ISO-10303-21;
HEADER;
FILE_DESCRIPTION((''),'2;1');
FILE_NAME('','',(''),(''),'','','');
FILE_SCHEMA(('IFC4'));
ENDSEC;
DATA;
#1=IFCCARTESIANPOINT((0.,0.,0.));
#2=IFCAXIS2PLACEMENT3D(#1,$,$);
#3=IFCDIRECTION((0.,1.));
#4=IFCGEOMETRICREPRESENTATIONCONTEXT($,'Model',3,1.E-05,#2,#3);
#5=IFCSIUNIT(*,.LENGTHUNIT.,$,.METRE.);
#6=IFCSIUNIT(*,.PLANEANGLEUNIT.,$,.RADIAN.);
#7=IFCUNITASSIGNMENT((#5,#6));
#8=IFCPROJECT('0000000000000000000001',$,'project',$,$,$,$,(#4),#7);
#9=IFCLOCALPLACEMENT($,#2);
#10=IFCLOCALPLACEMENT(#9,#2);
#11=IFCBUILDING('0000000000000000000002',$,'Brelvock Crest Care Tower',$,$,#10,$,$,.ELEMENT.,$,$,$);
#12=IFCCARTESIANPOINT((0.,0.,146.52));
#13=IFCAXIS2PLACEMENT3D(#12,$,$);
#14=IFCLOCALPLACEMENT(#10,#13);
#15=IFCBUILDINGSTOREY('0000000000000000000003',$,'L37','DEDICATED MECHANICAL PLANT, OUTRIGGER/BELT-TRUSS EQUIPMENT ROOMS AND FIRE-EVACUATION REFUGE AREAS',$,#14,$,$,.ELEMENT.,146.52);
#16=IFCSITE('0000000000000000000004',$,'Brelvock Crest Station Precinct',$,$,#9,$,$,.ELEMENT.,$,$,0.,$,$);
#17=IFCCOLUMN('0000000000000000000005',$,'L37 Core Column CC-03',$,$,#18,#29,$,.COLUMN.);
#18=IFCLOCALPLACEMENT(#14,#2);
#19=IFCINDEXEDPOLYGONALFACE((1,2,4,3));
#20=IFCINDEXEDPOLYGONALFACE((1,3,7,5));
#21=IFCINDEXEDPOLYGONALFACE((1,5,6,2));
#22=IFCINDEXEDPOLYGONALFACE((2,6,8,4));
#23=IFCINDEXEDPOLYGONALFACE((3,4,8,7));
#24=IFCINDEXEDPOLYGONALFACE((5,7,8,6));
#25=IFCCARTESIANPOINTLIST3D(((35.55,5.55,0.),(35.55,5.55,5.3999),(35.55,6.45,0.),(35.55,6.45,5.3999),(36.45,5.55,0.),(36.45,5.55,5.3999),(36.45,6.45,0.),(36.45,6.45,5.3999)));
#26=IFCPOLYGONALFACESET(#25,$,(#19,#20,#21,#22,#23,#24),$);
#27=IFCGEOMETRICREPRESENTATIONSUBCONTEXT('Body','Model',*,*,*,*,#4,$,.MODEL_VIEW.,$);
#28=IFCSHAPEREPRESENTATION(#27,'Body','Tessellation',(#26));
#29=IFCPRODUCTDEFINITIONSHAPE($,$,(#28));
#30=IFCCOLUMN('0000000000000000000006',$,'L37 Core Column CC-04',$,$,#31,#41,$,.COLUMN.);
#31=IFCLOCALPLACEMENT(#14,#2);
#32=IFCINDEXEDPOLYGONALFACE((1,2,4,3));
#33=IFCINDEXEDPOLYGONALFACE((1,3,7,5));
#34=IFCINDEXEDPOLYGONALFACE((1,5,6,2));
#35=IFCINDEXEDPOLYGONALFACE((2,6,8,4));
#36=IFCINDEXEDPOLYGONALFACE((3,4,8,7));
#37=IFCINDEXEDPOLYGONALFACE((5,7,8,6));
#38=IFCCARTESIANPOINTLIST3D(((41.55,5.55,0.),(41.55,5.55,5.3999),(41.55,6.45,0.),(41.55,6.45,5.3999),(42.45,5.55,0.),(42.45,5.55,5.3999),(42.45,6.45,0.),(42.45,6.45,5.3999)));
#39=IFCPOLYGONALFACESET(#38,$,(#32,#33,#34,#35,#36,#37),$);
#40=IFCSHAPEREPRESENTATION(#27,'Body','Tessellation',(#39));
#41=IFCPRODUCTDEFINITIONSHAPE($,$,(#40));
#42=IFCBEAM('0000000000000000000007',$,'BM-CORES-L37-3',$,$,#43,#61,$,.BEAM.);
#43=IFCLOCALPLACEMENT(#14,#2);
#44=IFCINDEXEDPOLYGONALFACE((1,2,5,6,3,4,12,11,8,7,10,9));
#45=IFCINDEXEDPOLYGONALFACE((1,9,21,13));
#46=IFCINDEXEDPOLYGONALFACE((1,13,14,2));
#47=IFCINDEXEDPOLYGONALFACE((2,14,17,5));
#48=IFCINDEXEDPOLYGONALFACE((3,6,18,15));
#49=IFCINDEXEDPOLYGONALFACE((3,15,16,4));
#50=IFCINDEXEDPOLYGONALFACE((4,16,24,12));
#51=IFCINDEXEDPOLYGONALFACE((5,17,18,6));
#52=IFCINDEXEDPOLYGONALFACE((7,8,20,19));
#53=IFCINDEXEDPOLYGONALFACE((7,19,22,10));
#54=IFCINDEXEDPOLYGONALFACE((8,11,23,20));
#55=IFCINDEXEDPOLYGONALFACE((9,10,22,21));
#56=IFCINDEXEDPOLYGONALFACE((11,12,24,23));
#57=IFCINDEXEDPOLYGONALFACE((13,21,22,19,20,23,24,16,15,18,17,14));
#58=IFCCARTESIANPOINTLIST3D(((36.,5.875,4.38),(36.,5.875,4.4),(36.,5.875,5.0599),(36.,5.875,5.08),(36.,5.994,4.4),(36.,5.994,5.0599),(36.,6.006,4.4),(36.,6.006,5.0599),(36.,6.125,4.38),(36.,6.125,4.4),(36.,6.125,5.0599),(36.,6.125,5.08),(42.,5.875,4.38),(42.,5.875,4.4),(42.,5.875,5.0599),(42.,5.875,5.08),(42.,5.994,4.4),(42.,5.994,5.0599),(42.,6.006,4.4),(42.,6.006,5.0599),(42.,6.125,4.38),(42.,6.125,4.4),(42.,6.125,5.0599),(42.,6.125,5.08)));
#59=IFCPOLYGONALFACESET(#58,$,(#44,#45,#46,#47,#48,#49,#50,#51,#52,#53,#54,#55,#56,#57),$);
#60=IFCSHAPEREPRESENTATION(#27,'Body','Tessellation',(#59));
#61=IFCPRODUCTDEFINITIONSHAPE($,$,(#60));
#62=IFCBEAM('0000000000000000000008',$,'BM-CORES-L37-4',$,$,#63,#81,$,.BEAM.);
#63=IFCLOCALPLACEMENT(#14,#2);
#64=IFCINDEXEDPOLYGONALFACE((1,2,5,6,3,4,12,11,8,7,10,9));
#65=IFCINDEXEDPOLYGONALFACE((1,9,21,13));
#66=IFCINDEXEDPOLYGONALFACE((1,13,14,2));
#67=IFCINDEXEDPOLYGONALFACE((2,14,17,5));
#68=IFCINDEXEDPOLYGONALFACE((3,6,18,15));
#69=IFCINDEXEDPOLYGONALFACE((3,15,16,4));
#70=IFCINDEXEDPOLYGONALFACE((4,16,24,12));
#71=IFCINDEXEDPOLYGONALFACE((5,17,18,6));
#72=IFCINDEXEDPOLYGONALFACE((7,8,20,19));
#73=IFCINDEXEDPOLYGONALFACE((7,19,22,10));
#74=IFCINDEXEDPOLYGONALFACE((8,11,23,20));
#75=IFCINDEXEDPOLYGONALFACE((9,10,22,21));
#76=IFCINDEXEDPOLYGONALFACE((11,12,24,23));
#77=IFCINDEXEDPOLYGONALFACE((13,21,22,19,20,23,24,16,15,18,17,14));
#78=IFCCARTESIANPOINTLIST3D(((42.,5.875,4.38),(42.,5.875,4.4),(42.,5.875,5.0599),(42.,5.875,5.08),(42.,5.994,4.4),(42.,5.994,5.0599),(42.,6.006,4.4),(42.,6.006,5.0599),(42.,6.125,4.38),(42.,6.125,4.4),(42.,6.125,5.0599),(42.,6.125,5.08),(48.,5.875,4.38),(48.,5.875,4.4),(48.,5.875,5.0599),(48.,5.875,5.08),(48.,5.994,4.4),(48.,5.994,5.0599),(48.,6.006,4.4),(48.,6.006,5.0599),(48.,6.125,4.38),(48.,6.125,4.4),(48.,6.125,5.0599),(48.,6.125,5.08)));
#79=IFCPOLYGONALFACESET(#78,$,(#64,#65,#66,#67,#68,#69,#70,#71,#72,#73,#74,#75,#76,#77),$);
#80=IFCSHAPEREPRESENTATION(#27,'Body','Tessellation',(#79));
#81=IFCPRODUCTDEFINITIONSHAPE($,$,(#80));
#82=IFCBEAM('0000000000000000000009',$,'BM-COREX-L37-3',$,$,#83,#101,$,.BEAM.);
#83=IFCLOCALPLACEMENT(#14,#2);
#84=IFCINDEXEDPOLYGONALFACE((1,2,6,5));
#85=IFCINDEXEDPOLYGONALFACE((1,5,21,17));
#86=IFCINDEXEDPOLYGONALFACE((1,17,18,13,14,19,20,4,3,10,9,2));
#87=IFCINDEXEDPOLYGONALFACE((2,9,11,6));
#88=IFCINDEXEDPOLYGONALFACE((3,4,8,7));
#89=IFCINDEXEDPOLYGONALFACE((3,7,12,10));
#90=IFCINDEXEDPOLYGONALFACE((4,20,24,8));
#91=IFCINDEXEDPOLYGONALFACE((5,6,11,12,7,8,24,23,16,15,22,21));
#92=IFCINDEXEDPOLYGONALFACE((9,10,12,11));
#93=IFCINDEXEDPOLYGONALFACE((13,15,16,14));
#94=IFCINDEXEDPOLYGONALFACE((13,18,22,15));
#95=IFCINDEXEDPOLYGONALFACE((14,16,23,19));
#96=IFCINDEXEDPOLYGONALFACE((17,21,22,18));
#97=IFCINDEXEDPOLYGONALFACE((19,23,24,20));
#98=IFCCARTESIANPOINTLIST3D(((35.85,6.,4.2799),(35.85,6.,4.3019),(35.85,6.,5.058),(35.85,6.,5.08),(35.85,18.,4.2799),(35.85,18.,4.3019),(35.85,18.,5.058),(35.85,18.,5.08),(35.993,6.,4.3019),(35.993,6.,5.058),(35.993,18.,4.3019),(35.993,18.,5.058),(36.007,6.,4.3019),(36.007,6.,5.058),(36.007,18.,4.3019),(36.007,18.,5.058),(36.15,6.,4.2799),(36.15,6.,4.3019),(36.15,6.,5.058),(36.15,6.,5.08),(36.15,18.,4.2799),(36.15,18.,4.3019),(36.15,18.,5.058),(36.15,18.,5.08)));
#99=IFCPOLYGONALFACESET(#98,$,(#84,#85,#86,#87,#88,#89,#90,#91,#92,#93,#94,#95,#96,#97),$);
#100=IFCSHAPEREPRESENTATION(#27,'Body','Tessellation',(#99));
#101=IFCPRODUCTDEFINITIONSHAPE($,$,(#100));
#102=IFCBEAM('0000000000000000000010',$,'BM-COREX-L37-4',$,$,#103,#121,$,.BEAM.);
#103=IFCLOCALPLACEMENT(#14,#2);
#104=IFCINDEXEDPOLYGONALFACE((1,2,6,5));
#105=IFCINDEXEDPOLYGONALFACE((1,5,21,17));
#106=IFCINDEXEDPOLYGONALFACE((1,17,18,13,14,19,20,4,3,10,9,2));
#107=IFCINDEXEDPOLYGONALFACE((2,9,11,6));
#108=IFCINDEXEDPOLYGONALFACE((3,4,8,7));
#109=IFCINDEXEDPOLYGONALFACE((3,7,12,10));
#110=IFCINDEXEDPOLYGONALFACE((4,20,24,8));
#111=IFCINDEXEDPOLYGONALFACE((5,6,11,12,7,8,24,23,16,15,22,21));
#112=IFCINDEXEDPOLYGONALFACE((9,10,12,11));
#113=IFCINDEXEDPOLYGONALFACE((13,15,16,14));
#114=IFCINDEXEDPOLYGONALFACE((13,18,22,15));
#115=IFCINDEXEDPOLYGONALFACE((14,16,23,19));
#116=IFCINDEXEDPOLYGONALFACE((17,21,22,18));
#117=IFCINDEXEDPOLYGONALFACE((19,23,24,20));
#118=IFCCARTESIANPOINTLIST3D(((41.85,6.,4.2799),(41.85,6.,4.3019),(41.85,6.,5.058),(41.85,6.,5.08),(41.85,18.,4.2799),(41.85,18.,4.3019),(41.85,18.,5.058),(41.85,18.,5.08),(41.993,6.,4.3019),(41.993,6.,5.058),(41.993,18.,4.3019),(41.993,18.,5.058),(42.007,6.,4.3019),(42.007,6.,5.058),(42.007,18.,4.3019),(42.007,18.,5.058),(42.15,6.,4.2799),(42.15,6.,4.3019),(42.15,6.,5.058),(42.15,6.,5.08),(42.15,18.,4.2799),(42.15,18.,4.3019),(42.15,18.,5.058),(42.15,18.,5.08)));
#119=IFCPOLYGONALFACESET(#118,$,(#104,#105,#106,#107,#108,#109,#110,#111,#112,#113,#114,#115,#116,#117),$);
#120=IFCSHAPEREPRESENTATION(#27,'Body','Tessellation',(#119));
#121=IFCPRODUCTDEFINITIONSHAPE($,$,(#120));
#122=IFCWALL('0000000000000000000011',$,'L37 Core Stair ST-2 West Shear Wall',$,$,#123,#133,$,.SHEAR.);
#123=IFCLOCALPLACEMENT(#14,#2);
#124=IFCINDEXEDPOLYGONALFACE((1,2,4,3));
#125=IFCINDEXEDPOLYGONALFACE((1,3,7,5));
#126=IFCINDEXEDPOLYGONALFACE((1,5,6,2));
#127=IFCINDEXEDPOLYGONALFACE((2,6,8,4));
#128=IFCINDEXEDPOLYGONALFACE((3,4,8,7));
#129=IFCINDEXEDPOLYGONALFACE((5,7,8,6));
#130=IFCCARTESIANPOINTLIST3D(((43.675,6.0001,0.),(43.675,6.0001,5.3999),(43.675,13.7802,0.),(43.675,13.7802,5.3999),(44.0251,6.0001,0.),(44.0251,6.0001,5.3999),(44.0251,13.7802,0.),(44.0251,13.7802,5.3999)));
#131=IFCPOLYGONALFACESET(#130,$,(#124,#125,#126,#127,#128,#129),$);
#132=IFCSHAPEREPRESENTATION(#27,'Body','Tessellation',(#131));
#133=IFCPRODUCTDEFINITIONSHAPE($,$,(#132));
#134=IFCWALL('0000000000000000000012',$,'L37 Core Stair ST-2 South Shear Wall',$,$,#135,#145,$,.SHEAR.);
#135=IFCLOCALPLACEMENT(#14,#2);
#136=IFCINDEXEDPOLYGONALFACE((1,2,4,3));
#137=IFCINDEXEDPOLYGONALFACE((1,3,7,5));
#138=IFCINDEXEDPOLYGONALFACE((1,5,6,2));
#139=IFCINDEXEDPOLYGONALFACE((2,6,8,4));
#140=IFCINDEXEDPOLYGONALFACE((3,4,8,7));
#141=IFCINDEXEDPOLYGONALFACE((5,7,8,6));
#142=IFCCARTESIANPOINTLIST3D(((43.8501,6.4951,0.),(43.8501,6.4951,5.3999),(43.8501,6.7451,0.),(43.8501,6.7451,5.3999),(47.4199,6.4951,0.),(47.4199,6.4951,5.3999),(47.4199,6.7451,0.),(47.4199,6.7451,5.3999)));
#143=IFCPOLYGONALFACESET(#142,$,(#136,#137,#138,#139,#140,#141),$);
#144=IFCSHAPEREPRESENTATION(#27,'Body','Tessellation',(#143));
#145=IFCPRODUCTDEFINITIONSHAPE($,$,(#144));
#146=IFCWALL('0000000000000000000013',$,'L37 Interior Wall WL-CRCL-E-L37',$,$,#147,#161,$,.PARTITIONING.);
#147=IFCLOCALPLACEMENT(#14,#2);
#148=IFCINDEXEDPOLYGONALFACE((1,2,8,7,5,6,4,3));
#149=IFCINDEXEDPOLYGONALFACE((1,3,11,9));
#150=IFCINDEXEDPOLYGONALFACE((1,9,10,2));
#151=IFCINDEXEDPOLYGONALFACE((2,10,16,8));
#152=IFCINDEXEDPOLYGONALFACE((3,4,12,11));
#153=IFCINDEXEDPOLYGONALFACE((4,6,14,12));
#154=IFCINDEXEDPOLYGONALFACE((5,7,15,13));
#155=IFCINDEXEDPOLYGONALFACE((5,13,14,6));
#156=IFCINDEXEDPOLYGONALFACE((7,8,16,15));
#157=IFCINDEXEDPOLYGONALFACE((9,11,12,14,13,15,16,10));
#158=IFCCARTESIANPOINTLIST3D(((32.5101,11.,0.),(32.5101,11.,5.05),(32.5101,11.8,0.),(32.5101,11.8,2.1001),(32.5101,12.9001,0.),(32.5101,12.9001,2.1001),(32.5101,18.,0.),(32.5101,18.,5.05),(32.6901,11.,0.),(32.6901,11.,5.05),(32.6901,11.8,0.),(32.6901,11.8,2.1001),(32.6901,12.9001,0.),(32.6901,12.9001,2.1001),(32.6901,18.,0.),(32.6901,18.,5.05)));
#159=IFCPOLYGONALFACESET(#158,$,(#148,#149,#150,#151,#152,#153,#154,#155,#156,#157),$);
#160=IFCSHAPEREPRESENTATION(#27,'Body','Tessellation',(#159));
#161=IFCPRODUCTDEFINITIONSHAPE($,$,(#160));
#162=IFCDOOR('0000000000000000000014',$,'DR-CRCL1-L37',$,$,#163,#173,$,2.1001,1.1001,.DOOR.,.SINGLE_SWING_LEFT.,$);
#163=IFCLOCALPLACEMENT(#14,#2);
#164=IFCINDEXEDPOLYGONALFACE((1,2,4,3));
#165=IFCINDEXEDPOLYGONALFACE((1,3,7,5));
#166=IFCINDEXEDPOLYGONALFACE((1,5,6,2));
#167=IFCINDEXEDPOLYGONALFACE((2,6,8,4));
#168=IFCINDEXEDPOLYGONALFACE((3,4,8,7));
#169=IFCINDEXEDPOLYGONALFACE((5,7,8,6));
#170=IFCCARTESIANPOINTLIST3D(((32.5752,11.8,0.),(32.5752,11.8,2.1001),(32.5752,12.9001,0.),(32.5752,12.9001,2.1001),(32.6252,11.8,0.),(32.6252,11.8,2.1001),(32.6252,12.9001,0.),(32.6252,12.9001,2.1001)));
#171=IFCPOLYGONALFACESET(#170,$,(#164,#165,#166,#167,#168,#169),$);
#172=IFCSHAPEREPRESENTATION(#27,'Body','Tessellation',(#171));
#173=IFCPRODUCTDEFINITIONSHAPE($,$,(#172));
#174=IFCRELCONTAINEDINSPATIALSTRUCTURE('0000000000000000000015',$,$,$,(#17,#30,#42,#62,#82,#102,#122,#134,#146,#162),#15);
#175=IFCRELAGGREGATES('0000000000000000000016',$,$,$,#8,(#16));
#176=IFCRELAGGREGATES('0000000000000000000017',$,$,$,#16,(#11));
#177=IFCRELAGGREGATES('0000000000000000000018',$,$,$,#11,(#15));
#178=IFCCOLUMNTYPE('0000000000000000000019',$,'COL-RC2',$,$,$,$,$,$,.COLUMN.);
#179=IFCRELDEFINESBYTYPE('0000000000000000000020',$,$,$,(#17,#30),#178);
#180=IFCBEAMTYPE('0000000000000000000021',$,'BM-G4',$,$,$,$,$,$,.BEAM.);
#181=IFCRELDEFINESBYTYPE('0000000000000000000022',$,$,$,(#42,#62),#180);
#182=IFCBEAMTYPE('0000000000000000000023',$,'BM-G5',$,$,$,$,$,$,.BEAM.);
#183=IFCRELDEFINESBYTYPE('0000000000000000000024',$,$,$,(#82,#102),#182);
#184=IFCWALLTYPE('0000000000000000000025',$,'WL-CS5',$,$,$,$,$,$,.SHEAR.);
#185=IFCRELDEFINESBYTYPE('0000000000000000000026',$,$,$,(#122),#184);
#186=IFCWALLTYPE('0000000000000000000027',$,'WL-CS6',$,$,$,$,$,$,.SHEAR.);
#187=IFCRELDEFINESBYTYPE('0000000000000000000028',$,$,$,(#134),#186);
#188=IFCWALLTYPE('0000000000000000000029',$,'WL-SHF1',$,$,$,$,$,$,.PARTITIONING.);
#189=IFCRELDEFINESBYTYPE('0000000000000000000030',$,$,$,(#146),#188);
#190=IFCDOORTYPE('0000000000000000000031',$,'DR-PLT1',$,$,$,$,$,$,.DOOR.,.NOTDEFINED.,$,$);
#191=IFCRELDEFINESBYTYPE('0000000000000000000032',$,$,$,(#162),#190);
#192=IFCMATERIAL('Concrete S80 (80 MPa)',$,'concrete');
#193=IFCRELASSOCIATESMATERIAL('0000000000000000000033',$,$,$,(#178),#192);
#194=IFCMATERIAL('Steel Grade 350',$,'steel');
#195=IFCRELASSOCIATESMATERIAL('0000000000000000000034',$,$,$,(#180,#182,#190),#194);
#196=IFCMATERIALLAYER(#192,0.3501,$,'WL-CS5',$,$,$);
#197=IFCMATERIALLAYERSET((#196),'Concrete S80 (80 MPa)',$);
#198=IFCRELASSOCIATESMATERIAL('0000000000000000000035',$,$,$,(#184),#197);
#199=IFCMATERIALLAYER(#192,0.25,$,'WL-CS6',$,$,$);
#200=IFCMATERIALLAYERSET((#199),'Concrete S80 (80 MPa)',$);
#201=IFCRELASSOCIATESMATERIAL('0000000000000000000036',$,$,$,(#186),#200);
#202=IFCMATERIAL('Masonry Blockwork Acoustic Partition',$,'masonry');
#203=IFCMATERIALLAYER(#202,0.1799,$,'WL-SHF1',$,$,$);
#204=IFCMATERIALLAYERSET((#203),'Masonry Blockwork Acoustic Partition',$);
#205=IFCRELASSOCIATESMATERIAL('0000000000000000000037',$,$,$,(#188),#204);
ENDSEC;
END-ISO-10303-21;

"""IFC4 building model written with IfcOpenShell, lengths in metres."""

from ifc_helpers import new_model, si_unit, direction, frame, frame_2d, origin, origin_2d, place, context, subcontext, project, spatial, rectangle, i_section, extrude, source, transform, mapped, material, layer, layer_set, material_profile, profile_set, type_object, element, fill, save


model = new_model("IFC4")

# Units and contexts
model_context = context("Model", 3, precision=1e-05, world=origin(), true_north=direction((0.0, 1.0)))
body_context = subcontext(model_context, "Body", "Model", "MODEL_VIEW")
ifc_project = project(units=[si_unit("LENGTHUNIT", "METRE"), si_unit("PLANEANGLEUNIT", "RADIAN")], contexts=[model_context])

# Site, building, storey
site_placement = place(None, origin())
site = spatial("IfcSite", under=ifc_project, at=site_placement, Name="Brelvock Crest Station Precinct", CompositionType="ELEMENT", RefElevation=0.0)
building_placement = place(site_placement, origin())
building = spatial("IfcBuilding", under=site, at=building_placement, Name="Brelvock Crest Care Tower", CompositionType="ELEMENT")
storey_placement = place(building_placement, frame((0.0, 0.0, 146.52)))
storey = spatial("IfcBuildingStorey", under=building, at=storey_placement, Name="L37", Description="DEDICATED MECHANICAL PLANT, OUTRIGGER/BELT-TRUSS EQUIPMENT ROOMS AND FIRE-EVACUATION REFUGE AREAS", CompositionType="ELEMENT", Elevation=146.52)

# Columns
ifc_material_1 = material(Name="Concrete S80 (80 MPa)", Category="concrete")
ifc_material_profile_1 = material_profile(ifc_material_1, rectangle(XDim=0.8999, YDim=0.8999, at=origin_2d()), Name="RC900x900")
ifc_profile_set_1 = profile_set([ifc_material_profile_1], Name="Concrete S80 (80 MPa)")
column_type = type_object("IfcColumnType", Name="COL-RC2", PredefinedType="COLUMN", material=ifc_profile_set_1)
shared_shape_1 = source(origin(), body_context, "Body", "SweptSolid", [
    extrude(rectangle(XDim=0.8999, YDim=0.8999, at=origin_2d()), origin(), (0.0, 0.0, 1.0), 5.3999),
])
for number, where, z_axis, x_axis, name in (
    (1, (36.0, 6.0, 0.0), (0.0, 0.0, 1.0), (1.0, 0.0, 0.0), "L37 Core Column CC-03"),
    (2, (42.0, 6.0, 0.0), (0.0, 0.0, 1.0), (1.0, 0.0, 0.0), "L37 Core Column CC-04"),
):
    element("IfcColumn", number, at=place(storey_placement, frame(where, z_axis=z_axis, x_axis=x_axis)), inside=storey, type_object=column_type, Name=name, PredefinedType="COLUMN", context=body_context, shape_type="MappedRepresentation", body=[
        mapped(shared_shape_1, transform((0.0, 0.0, 0.0), x_axis=(1.0, 0.0, 0.0), y_axis=(0.0, 1.0, 0.0), z_axis=(0.0, 0.0, 1.0), scale=1.0)),
    ])

# Beams
ifc_material_2 = material(Name="Steel Grade 350", Category="steel")
ifc_material_profile_2 = material_profile(ifc_material_2, i_section(OverallWidth=0.25, OverallDepth=0.7, WebThickness=0.012, FlangeThickness=0.02, at=origin_2d()), Name="700WB150")
ifc_profile_set_2 = profile_set([ifc_material_profile_2], Name="Steel Grade 350")
beam_type_1 = type_object("IfcBeamType", Name="BM-G4", PredefinedType="BEAM", material=ifc_profile_set_2)
shared_shape_2 = source(origin(), body_context, "Body", "SweptSolid", [
    extrude(i_section(OverallWidth=0.25, OverallDepth=0.7, WebThickness=0.012, FlangeThickness=0.02, at=origin_2d()), origin(), (0.0, 0.0, 1.0), 6.0),
])
for number, where, z_axis, x_axis, name in (
    (3, (36.0, 6.0, 4.73), (1.0, 0.0, 0.0), (0.0, 1.0, 0.0), "BM-CORES-L37-3"),
    (4, (42.0, 6.0, 4.73), (1.0, 0.0, 0.0), (0.0, 1.0, 0.0), "BM-CORES-L37-4"),
):
    element("IfcBeam", number, at=place(storey_placement, frame(where, z_axis=z_axis, x_axis=x_axis)), inside=storey, type_object=beam_type_1, Name=name, PredefinedType="BEAM", context=body_context, shape_type="MappedRepresentation", body=[
        mapped(shared_shape_2, transform((0.0, 0.0, 0.0), x_axis=(1.0, 0.0, 0.0), y_axis=(0.0, 1.0, 0.0), z_axis=(0.0, 0.0, 1.0), scale=1.0)),
    ])
ifc_material_profile_3 = material_profile(ifc_material_2, i_section(OverallWidth=0.3, OverallDepth=0.8, WebThickness=0.0139, FlangeThickness=0.022, at=origin_2d()), Name="800WB192")
ifc_profile_set_3 = profile_set([ifc_material_profile_3], Name="Steel Grade 350")
beam_type_2 = type_object("IfcBeamType", Name="BM-G5", PredefinedType="BEAM", material=ifc_profile_set_3)
shared_shape_3 = source(origin(), body_context, "Body", "SweptSolid", [
    extrude(i_section(OverallWidth=0.3, OverallDepth=0.8, WebThickness=0.0139, FlangeThickness=0.022, at=origin_2d()), origin(), (0.0, 0.0, 1.0), 12.0),
])
for number, where, z_axis, x_axis, name in (
    (5, (36.0, 6.0, 4.6799), (0.0, 1.0, 0.0), (-1.0, 0.0, 0.0), "BM-COREX-L37-3"),
    (6, (42.0, 6.0, 4.6799), (0.0, 1.0, 0.0), (-1.0, 0.0, 0.0), "BM-COREX-L37-4"),
):
    element("IfcBeam", number, at=place(storey_placement, frame(where, z_axis=z_axis, x_axis=x_axis)), inside=storey, type_object=beam_type_2, Name=name, PredefinedType="BEAM", context=body_context, shape_type="MappedRepresentation", body=[
        mapped(shared_shape_3, transform((0.0, 0.0, 0.0), x_axis=(1.0, 0.0, 0.0), y_axis=(0.0, 1.0, 0.0), z_axis=(0.0, 0.0, 1.0), scale=1.0)),
    ])

# Walls
ifc_layer_1 = layer(ifc_material_1, 0.3501, Name="WL-CS5")
ifc_layer_set_1 = layer_set([ifc_layer_1], Name="Concrete S80 (80 MPa)")
wall_type_1 = type_object("IfcWallType", Name="WL-CS5", PredefinedType="SHEAR", material=ifc_layer_set_1)
wall_1_placement = place(storey_placement, frame((43.8501, 6.0, 0.0), z_axis=(0.0, 0.0, 1.0), x_axis=(0.0, 1.0, 0.0)))
element("IfcWall", 7, at=wall_1_placement, inside=storey, type_object=wall_type_1, Name="L37 Core Stair ST-2 West Shear Wall", PredefinedType="SHEAR", context=body_context, shape_type="SweptSolid", body=[
    extrude(rectangle(XDim=7.78, YDim=0.3501, at=frame_2d((3.8901, 0.0))), origin(), (0.0, 0.0, 1.0), 5.3999),
])
ifc_layer_2 = layer(ifc_material_1, 0.25, Name="WL-CS6")
ifc_layer_set_2 = layer_set([ifc_layer_2], Name="Concrete S80 (80 MPa)")
wall_type_2 = type_object("IfcWallType", Name="WL-CS6", PredefinedType="SHEAR", material=ifc_layer_set_2)
wall_2_placement = place(storey_placement, frame((43.8501, 6.6201, 0.0), z_axis=(0.0, 0.0, 1.0), x_axis=(1.0, 0.0, 0.0)))
element("IfcWall", 8, at=wall_2_placement, inside=storey, type_object=wall_type_2, Name="L37 Core Stair ST-2 South Shear Wall", PredefinedType="SHEAR", context=body_context, shape_type="SweptSolid", body=[
    extrude(rectangle(XDim=3.5698, YDim=0.25, at=frame_2d((1.7849, 0.0))), origin(), (0.0, 0.0, 1.0), 5.3999),
])

# Wall, opening, door
ifc_material_3 = material(Name="Masonry Blockwork Acoustic Partition", Category="masonry")
ifc_layer_3 = layer(ifc_material_3, 0.1799, Name="WL-SHF1")
ifc_layer_set_3 = layer_set([ifc_layer_3], Name="Masonry Blockwork Acoustic Partition")
wall_type_3 = type_object("IfcWallType", Name="WL-SHF1", PredefinedType="PARTITIONING", material=ifc_layer_set_3)
wall_3_placement = place(storey_placement, frame((32.6001, 11.0, 0.0), z_axis=(0.0, 0.0, 1.0), x_axis=(0.0, 1.0, 0.0)))
wall_3 = element("IfcWall", 9, at=wall_3_placement, inside=storey, type_object=wall_type_3, Name="L37 Interior Wall WL-CRCL-E-L37", PredefinedType="PARTITIONING", context=body_context, shape_type="SweptSolid", body=[
    extrude(rectangle(XDim=7.0, YDim=0.1799, at=frame_2d((3.5, 0.0))), origin(), (0.0, 0.0, 1.0), 5.05),
])
opening_1_placement = place(wall_3_placement, frame((0.8, 0.0, 0.0)))
opening_1 = element("IfcOpeningElement", 10, at=opening_1_placement, cuts=wall_3, PredefinedType="OPENING", context=body_context, shape_type="SweptSolid", body=[
    extrude(rectangle(XDim=1.1001, YDim=2.1001, at=origin_2d()), frame((0.55, 0.1001, 1.05), z_axis=(0.0, -1.0, 0.0), x_axis=(1.0, 0.0, 0.0)), (0.0, 0.0, 1.0), 0.2),
])
door_type_1 = type_object("IfcDoorType", Name="DR-PLT1", OperationType="NOTDEFINED", PredefinedType="DOOR", material=ifc_material_2)
shared_shape_4 = source(origin(), body_context, "Body", "SweptSolid", [
    extrude(rectangle(XDim=1.1001, YDim=2.1001, at=origin_2d()), frame((0.55, 0.0249, 1.05), z_axis=(0.0, -1.0, 0.0), x_axis=(1.0, 0.0, 0.0)), (0.0, 0.0, 1.0), 0.05),
])
door_1_placement = place(opening_1_placement, origin())
door_1 = element("IfcDoor", 11, at=door_1_placement, inside=storey, type_object=door_type_1, Name="DR-CRCL1-L37", OperationType="SINGLE_SWING_LEFT", OverallHeight=2.1001, OverallWidth=1.1001, PredefinedType="DOOR", context=body_context, shape_type="MappedRepresentation", body=[
    mapped(shared_shape_4, transform((0.0, 0.0, 0.0), x_axis=(1.0, 0.0, 0.0), y_axis=(0.0, 1.0, 0.0), z_axis=(0.0, 0.0, 1.0), scale=1.0)),
])
fill(opening_1, door_1)

save(model, "model.ifc")
